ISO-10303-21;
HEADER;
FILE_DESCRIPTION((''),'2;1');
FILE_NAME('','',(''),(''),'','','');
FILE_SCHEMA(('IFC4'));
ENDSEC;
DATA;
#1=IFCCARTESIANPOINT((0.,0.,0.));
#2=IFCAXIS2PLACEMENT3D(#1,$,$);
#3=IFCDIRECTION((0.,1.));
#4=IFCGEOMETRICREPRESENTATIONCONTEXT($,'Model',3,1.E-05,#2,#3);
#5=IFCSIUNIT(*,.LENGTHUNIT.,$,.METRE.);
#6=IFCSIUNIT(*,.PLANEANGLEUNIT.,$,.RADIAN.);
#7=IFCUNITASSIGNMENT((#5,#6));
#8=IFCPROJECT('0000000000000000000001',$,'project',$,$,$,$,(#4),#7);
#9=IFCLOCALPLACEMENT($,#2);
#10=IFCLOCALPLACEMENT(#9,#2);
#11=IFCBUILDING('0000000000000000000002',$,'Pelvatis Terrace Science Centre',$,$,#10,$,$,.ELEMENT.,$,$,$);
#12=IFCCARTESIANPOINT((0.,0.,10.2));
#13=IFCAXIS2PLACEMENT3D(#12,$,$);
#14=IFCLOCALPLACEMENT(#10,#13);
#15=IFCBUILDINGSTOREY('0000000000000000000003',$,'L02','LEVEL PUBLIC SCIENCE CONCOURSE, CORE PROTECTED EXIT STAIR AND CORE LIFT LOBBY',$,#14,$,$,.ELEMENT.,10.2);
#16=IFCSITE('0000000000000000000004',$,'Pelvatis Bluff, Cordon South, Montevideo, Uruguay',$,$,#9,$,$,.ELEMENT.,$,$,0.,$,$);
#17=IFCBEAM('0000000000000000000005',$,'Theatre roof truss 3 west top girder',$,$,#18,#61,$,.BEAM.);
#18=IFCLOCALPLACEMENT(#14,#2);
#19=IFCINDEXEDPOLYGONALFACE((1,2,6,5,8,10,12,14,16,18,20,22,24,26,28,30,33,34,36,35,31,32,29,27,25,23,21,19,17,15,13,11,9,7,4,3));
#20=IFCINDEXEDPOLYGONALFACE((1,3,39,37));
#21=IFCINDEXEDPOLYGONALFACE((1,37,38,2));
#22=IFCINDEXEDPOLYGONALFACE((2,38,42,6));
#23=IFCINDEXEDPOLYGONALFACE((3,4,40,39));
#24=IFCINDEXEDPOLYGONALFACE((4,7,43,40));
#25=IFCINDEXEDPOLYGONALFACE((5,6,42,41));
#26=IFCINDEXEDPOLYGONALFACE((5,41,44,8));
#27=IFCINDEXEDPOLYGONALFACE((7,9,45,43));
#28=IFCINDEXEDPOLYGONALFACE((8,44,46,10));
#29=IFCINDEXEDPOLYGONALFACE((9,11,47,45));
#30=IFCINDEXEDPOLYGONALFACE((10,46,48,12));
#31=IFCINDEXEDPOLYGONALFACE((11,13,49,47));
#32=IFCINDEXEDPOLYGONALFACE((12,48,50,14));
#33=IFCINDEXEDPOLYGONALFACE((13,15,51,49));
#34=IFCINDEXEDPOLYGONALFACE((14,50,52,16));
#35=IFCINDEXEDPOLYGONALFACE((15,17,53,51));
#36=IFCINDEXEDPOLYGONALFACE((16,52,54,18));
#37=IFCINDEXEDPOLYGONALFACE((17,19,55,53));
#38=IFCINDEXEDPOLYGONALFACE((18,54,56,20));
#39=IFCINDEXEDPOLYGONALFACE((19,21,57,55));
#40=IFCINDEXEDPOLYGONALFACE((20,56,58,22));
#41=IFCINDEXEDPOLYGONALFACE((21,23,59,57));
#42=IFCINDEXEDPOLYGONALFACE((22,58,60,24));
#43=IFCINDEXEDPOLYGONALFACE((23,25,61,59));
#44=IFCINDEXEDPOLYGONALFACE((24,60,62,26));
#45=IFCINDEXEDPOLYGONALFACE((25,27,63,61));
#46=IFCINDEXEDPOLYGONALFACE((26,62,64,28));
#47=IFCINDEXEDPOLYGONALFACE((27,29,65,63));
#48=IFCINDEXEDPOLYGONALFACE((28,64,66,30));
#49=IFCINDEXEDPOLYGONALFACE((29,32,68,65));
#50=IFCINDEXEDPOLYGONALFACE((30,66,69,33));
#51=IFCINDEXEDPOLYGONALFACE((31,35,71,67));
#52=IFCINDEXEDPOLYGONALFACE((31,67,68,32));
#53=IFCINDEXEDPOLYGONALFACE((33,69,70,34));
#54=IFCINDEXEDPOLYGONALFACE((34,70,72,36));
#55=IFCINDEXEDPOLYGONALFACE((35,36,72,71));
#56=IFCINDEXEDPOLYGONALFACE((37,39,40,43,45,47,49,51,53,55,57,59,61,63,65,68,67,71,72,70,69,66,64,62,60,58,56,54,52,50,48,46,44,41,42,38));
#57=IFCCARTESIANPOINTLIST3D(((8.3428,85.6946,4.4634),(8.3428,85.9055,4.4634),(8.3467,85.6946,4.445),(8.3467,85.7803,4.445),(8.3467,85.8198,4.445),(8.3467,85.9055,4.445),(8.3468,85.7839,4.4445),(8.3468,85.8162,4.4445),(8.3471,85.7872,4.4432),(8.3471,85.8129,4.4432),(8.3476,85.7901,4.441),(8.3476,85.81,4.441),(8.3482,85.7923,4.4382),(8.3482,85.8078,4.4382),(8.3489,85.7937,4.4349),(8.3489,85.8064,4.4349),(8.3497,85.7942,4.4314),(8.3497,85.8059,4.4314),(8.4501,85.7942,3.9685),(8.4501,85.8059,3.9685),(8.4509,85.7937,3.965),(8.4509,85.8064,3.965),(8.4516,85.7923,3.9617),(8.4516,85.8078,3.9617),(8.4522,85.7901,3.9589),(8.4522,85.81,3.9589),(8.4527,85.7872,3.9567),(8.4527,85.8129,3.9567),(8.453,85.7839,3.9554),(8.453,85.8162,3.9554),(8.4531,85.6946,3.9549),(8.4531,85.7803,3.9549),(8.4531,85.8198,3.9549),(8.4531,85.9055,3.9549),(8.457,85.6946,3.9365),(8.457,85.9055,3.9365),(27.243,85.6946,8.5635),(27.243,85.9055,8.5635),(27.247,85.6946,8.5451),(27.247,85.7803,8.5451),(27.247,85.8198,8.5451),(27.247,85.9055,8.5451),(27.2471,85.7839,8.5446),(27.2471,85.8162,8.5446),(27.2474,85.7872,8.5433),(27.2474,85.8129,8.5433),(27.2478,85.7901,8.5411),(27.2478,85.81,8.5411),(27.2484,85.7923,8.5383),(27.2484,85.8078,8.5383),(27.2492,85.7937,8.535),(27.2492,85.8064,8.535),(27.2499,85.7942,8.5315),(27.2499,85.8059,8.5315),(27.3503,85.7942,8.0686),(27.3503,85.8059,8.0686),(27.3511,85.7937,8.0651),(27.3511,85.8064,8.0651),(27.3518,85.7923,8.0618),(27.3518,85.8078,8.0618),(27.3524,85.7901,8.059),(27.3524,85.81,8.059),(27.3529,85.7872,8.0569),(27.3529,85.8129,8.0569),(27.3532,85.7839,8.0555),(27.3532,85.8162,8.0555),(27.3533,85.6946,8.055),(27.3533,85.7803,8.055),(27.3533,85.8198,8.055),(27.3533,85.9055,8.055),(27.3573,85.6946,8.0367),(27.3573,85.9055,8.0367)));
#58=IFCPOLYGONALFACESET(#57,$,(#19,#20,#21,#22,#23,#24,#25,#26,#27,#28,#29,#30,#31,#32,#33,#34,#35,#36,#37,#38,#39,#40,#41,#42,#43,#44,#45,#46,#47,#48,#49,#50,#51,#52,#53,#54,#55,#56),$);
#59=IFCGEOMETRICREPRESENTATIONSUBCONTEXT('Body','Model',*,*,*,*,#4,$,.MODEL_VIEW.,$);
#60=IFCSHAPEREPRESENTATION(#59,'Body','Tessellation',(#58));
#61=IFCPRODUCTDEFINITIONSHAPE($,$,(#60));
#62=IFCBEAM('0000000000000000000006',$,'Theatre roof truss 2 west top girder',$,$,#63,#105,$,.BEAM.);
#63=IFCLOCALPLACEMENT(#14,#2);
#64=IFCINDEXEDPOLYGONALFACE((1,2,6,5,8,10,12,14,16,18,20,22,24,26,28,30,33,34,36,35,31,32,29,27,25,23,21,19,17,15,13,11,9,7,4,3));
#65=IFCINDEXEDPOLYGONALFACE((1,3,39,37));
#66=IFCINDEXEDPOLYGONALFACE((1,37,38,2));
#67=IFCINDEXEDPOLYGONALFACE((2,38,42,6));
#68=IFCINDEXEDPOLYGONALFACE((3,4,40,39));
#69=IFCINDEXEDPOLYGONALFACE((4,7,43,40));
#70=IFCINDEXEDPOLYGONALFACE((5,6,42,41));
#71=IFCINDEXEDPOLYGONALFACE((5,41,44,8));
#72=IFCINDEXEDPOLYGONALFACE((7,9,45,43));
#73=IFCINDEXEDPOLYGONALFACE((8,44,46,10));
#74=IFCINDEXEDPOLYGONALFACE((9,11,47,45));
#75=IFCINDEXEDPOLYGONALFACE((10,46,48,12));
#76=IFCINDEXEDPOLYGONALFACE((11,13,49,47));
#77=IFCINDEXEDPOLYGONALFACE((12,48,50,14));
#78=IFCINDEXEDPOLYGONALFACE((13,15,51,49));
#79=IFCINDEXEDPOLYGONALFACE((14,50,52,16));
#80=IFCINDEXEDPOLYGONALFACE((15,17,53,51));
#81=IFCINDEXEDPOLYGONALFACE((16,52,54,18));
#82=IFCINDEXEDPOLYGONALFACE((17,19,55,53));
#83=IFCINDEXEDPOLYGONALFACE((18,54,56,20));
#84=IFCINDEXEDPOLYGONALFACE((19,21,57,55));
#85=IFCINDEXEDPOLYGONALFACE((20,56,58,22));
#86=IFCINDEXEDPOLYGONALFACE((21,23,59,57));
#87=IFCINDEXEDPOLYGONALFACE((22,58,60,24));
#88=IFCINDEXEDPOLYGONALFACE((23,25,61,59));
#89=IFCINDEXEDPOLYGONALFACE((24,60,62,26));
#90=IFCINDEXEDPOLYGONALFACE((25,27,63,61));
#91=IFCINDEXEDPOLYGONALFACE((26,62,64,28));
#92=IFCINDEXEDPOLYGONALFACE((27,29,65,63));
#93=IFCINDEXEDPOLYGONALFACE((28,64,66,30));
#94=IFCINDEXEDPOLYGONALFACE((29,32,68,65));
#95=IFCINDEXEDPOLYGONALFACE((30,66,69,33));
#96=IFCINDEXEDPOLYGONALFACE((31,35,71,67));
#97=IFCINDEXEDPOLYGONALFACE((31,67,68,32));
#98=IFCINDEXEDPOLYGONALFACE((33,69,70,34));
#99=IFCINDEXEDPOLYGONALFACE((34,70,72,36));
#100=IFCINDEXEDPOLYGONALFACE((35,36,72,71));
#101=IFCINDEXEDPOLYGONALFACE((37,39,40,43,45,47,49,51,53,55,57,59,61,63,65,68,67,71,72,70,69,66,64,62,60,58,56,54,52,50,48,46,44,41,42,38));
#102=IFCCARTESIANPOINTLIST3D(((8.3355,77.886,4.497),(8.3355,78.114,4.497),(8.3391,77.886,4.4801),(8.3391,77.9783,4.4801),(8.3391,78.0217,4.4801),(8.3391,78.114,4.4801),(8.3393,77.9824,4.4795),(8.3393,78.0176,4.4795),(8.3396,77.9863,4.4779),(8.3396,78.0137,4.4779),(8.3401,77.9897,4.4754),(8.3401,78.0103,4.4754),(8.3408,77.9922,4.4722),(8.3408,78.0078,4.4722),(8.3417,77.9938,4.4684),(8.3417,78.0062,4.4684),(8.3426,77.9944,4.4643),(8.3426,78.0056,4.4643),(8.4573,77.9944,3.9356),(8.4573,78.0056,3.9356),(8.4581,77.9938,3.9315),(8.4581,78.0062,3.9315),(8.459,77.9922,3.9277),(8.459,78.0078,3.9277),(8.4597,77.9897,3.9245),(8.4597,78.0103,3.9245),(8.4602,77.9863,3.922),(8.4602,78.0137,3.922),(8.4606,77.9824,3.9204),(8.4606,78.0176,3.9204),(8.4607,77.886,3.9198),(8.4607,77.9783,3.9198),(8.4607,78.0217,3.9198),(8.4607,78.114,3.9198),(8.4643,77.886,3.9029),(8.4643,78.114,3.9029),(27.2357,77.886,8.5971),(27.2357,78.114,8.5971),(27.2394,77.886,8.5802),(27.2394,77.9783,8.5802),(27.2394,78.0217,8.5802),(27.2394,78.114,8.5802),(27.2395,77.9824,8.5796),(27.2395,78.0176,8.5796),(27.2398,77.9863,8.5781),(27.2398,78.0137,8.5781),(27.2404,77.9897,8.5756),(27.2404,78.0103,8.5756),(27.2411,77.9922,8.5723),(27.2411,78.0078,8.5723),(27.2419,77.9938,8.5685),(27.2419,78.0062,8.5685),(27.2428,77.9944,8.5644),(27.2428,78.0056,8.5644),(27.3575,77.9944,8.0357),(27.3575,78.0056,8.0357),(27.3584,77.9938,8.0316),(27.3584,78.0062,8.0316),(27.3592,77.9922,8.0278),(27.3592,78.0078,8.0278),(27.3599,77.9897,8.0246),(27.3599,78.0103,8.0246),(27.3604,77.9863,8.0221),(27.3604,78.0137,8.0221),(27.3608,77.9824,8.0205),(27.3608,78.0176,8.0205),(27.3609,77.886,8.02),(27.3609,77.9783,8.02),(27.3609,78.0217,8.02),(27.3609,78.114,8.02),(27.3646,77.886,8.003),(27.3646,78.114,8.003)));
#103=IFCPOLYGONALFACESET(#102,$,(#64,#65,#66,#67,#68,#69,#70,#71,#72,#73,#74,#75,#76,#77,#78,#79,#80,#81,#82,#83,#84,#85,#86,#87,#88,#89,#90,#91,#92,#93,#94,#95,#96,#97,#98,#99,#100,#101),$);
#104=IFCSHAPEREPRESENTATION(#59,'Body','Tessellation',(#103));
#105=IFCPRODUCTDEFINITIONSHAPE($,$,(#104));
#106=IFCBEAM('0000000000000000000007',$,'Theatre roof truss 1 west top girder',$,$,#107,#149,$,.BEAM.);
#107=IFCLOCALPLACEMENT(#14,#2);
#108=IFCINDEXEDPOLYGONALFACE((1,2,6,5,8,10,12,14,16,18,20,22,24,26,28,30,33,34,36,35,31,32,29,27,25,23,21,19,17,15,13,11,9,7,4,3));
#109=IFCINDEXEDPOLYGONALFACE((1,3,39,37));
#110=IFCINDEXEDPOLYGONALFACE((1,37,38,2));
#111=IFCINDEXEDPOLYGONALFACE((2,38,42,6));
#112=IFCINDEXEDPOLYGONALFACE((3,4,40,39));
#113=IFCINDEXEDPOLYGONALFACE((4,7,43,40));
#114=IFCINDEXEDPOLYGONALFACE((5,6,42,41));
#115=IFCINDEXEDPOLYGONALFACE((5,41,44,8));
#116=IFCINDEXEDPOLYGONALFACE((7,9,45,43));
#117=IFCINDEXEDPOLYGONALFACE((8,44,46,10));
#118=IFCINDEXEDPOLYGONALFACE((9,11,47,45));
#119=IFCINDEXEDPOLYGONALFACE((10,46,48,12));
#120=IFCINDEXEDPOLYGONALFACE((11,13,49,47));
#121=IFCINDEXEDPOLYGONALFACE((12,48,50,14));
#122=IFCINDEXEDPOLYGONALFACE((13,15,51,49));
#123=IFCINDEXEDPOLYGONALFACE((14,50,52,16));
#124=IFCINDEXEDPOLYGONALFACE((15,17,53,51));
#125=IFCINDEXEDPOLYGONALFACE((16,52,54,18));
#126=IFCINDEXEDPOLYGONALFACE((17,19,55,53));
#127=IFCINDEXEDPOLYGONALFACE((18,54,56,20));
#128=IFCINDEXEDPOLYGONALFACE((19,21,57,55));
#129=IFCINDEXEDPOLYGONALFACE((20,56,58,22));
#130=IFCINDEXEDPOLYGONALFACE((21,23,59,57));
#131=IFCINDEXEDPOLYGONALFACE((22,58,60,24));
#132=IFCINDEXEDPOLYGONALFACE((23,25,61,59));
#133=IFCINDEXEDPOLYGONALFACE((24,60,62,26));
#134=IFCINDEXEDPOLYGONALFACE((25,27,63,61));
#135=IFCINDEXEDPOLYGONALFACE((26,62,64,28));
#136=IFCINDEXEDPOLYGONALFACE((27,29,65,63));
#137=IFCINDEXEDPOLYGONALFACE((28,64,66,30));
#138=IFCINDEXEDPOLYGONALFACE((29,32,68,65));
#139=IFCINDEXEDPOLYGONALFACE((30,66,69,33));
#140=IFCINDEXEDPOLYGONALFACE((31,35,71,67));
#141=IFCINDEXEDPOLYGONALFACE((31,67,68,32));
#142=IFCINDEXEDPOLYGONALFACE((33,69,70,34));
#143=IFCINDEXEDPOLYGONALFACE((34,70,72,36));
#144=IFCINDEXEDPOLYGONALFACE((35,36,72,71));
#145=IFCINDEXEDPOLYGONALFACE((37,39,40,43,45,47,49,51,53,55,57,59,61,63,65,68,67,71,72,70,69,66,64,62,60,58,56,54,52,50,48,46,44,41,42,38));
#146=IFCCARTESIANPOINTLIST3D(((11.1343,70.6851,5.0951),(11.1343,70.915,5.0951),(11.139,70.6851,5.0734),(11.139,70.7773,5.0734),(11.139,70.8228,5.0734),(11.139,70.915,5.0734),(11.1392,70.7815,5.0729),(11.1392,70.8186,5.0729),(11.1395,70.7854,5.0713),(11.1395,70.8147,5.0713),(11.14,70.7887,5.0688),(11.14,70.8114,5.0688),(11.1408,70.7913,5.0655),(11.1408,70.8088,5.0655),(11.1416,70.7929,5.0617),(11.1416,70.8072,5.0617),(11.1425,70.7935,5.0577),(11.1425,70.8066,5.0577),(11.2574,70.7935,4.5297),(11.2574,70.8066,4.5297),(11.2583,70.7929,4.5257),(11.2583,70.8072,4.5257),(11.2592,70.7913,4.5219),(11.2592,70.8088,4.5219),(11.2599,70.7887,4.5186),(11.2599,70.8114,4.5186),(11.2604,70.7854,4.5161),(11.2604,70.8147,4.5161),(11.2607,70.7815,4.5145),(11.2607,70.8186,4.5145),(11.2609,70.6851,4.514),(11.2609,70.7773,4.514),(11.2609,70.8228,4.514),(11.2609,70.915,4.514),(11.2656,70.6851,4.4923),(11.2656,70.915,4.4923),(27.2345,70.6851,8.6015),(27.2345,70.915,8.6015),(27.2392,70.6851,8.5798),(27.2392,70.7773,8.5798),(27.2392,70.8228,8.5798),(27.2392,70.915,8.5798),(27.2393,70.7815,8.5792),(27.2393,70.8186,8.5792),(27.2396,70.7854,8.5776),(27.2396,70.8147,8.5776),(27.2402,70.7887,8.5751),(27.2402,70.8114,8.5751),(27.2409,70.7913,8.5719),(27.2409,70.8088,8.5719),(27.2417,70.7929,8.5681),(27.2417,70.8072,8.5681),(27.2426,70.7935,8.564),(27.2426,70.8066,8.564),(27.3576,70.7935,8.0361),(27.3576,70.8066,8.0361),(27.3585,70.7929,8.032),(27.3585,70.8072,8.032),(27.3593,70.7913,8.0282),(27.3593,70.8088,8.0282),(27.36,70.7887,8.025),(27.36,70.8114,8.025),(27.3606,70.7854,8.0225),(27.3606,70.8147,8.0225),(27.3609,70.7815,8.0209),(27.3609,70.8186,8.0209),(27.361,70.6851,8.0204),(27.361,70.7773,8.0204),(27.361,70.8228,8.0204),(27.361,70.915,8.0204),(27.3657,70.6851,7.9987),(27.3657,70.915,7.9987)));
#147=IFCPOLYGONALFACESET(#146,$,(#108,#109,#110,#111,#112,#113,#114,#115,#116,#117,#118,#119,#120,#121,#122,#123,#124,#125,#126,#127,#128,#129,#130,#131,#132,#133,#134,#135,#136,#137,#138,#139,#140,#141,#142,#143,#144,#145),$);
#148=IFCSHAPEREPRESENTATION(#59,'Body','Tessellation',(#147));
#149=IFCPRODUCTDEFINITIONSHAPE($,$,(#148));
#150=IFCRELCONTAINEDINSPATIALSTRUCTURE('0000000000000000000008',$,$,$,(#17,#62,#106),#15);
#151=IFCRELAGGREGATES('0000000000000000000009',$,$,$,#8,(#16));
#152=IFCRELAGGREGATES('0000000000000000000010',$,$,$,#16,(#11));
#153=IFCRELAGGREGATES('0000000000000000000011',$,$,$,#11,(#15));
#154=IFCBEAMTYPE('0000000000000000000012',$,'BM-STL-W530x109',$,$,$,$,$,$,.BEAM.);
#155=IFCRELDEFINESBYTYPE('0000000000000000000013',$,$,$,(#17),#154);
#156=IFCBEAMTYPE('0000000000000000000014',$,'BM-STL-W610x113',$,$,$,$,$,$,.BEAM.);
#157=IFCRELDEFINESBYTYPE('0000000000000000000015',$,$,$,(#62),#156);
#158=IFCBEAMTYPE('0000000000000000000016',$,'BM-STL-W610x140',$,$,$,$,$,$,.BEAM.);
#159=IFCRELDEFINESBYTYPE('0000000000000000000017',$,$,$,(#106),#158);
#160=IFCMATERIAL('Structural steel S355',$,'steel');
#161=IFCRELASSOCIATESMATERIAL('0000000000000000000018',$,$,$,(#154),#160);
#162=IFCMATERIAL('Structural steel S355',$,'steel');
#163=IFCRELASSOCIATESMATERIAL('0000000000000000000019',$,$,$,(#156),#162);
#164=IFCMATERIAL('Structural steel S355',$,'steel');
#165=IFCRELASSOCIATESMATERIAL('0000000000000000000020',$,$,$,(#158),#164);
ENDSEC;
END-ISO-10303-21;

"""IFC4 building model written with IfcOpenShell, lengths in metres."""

from ifc_helpers import new_model, si_unit, direction, frame, origin, origin_2d, place, context, subcontext, project, spatial, i_section, extrude, material, material_profile, profile_set, type_object, element, save


model = new_model("IFC4")

# Units and contexts
model_context = context("Model", 3, precision=1e-05, world=origin(), true_north=direction((0.0, 1.0)))
body_context = subcontext(model_context, "Body", "Model", "MODEL_VIEW")
ifc_project = project(units=[si_unit("LENGTHUNIT", "METRE"), si_unit("PLANEANGLEUNIT", "RADIAN")], contexts=[model_context])

# Site, building, storey
site_placement = place(None, origin())
site = spatial("IfcSite", under=ifc_project, at=site_placement, Name="Pelvatis Bluff, Cordon South, Montevideo, Uruguay", CompositionType="ELEMENT", RefElevation=0.0)
building_placement = place(site_placement, origin())
building = spatial("IfcBuilding", under=site, at=building_placement, Name="Pelvatis Terrace Science Centre", CompositionType="ELEMENT")
storey_placement = place(building_placement, frame((0.0, 0.0, 10.2)))
storey = spatial("IfcBuildingStorey", under=building, at=storey_placement, Name="L02", Description="LEVEL PUBLIC SCIENCE CONCOURSE, CORE PROTECTED EXIT STAIR AND CORE LIFT LOBBY", CompositionType="ELEMENT", Elevation=10.2)

# Beams
ifc_material_1 = material(Name="Structural steel S355", Category="steel")
ifc_material_profile_1 = material_profile(ifc_material_1, i_section(OverallWidth=0.2109, OverallDepth=0.5391, WebThickness=0.0117, FlangeThickness=0.0188, FilletRadius=0.0139, at=origin_2d()), Name="W530x109")
ifc_profile_set_1 = profile_set([ifc_material_profile_1], Name="Structural steel S355")
beam_type_1 = type_object("IfcBeamType", Name="BM-STL-W530x109", PredefinedType="BEAM", material=ifc_profile_set_1)
beam_1_placement = place(storey_placement, frame((8.3999, 85.8, 4.2), z_axis=(0.977269, 0.0, 0.212004), x_axis=(0.0, 1.0, 0.0)))
element("IfcBeam", 1, at=beam_1_placement, inside=storey, type_object=beam_type_1, Name="Theatre roof truss 3 west top girder", PredefinedType="BEAM", context=body_context, shape_type="SweptSolid", body=[
    extrude(i_section(OverallWidth=0.2109, OverallDepth=0.5391, WebThickness=0.0117, FlangeThickness=0.0188, FilletRadius=0.0139, at=origin_2d()), origin(), (0.0, 0.0, 1.0), 19.3398),
])
ifc_material_2 = material(Name="Structural steel S355", Category="steel")
ifc_material_profile_2 = material_profile(ifc_material_2, i_section(OverallWidth=0.228, OverallDepth=0.6079, WebThickness=0.0112, FlangeThickness=0.0173, FilletRadius=0.0161, at=origin_2d()), Name="W610x113")
ifc_profile_set_2 = profile_set([ifc_material_profile_2], Name="Structural steel S355")
beam_type_2 = type_object("IfcBeamType", Name="BM-STL-W610x113", PredefinedType="BEAM", material=ifc_profile_set_2)
beam_2_placement = place(storey_placement, frame((8.3999, 78.0, 4.2), z_axis=(0.977269, 0.0, 0.212004), x_axis=(0.0, 1.0, 0.0)))
element("IfcBeam", 2, at=beam_2_placement, inside=storey, type_object=beam_type_2, Name="Theatre roof truss 2 west top girder", PredefinedType="BEAM", context=body_context, shape_type="SweptSolid", body=[
    extrude(i_section(OverallWidth=0.228, OverallDepth=0.6079, WebThickness=0.0112, FlangeThickness=0.0173, FilletRadius=0.0161, at=origin_2d()), origin(), (0.0, 0.0, 1.0), 19.3398),
])
ifc_material_3 = material(Name="Structural steel S355", Category="steel")
ifc_material_profile_3 = material_profile(ifc_material_3, i_section(OverallWidth=0.23, OverallDepth=0.6169, WebThickness=0.0132, FlangeThickness=0.0222, FilletRadius=0.0161, at=origin_2d()), Name="W610x140")
ifc_profile_set_3 = profile_set([ifc_material_profile_3], Name="Structural steel S355")
beam_type_3 = type_object("IfcBeamType", Name="BM-STL-W610x140", PredefinedType="BEAM", material=ifc_profile_set_3)
beam_3_placement = place(storey_placement, frame((11.2, 70.8, 4.7937), z_axis=(0.977097, 0.0, 0.212796), x_axis=(0.0, 1.0, 0.0)))
element("IfcBeam", 3, at=beam_3_placement, inside=storey, type_object=beam_type_3, Name="Theatre roof truss 1 west top girder", PredefinedType="BEAM", context=body_context, shape_type="SweptSolid", body=[
    extrude(i_section(OverallWidth=0.23, OverallDepth=0.6169, WebThickness=0.0132, FlangeThickness=0.0222, FilletRadius=0.0161, at=origin_2d()), origin(), (0.0, 0.0, 1.0), 16.4775),
])

save(model, "model.ifc")
